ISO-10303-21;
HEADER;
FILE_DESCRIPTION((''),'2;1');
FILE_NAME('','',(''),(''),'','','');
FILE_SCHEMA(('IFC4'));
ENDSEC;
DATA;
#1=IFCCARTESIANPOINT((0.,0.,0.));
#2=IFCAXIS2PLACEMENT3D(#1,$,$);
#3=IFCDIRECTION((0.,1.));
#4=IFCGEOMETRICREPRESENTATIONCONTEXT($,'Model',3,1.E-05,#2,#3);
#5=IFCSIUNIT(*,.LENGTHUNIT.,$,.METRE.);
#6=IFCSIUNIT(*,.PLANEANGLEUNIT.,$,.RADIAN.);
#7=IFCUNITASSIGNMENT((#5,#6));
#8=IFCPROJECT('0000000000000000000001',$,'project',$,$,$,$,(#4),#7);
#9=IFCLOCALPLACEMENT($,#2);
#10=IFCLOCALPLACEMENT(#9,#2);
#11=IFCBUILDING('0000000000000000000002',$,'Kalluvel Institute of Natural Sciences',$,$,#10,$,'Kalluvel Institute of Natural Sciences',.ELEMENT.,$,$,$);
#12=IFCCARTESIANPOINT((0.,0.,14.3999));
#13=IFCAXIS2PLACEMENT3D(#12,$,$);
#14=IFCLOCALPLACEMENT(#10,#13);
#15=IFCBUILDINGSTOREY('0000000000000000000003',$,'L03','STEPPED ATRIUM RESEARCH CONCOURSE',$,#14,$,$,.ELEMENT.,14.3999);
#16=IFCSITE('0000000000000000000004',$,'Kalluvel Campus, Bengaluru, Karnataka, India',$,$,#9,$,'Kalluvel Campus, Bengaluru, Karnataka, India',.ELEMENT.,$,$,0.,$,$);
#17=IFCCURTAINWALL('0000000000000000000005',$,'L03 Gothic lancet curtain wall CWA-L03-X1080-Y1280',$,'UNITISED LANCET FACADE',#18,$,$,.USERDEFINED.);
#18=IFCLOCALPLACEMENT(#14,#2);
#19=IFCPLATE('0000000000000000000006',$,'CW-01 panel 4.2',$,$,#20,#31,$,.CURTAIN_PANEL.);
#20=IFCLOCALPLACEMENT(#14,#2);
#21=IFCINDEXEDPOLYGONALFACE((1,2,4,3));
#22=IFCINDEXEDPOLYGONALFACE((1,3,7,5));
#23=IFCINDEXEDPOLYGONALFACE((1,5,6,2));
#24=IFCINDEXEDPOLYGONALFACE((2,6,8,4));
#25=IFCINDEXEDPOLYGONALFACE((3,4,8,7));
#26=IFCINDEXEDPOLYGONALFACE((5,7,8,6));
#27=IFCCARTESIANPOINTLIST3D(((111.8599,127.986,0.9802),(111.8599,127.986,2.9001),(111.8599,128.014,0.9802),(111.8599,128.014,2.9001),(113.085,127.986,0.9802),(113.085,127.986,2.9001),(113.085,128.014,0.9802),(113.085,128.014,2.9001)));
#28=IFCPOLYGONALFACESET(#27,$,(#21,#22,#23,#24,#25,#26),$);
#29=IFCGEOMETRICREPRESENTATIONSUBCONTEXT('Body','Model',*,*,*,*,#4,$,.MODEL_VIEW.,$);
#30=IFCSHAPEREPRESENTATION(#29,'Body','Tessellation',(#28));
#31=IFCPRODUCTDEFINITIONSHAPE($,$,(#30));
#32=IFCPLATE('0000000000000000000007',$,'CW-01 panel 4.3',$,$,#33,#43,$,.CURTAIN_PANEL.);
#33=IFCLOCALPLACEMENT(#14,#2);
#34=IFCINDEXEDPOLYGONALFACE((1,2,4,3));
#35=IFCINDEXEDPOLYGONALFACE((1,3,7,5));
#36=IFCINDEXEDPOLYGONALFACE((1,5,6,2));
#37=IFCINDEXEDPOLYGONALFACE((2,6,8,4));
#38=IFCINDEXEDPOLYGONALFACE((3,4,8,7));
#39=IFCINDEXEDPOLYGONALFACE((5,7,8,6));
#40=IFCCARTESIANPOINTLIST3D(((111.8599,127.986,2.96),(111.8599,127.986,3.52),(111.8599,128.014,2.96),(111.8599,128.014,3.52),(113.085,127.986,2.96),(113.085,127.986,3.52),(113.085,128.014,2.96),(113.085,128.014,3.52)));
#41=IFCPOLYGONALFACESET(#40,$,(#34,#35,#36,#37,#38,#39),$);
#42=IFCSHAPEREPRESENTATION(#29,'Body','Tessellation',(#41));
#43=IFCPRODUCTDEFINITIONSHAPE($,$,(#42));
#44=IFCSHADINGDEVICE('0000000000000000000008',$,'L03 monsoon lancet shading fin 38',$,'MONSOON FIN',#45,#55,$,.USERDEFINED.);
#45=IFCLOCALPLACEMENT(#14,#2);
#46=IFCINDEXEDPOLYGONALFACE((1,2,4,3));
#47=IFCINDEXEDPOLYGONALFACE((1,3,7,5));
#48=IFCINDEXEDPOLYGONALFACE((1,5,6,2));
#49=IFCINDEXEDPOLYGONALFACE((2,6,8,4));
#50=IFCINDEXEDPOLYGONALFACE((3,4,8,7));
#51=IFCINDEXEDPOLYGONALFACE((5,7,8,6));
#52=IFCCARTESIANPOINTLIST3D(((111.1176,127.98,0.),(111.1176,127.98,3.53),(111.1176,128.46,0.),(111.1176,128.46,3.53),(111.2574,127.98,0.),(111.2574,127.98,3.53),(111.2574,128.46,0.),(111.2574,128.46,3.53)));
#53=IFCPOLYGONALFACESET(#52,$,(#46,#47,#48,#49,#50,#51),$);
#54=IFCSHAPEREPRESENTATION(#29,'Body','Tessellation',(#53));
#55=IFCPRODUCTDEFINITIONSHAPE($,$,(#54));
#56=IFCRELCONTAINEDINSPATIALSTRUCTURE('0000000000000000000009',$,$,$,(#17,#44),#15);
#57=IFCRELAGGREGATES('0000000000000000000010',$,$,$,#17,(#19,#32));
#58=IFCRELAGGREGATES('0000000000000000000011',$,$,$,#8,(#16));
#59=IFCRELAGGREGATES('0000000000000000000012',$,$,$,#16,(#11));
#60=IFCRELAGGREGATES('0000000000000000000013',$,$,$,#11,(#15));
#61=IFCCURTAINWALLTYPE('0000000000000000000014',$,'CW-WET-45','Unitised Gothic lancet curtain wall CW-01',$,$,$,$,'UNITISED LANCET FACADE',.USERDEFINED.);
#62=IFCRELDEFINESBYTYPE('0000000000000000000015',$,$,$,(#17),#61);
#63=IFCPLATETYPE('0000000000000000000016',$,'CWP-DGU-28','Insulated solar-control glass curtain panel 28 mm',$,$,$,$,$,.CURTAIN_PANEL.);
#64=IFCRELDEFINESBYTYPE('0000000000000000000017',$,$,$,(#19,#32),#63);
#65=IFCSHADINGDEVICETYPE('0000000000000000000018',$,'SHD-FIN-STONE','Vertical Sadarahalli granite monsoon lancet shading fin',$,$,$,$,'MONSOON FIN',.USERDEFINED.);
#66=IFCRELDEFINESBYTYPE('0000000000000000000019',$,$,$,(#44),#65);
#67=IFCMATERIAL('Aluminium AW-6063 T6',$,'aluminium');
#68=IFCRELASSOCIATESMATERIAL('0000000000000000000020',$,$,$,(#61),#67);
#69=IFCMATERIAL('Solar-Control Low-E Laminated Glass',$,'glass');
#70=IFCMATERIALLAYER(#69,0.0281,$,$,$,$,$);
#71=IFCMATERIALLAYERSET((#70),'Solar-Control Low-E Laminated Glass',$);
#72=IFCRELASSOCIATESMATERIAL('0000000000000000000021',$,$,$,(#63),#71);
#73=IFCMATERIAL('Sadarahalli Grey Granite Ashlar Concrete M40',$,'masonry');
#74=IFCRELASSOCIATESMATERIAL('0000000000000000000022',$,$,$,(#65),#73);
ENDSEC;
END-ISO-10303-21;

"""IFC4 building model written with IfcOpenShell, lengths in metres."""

from ifc_helpers import new_model, si_unit, direction, frame, origin, origin_2d, place, context, subcontext, project, spatial, rectangle, extrude, material, layer, layer_set, type_object, element, aggregate, save


model = new_model("IFC4")

# Units and contexts
model_context = context("Model", 3, precision=1e-05, world=origin(), true_north=direction((0.0, 1.0)))
body_context = subcontext(model_context, "Body", "Model", "MODEL_VIEW")
ifc_project = project(units=[si_unit("LENGTHUNIT", "METRE"), si_unit("PLANEANGLEUNIT", "RADIAN")], contexts=[model_context])

# Site, building, storey
site_placement = place(None, origin())
site = spatial("IfcSite", under=ifc_project, at=site_placement, Name="Kalluvel Campus, Bengaluru, Karnataka, India", LongName="Kalluvel Campus, Bengaluru, Karnataka, India", CompositionType="ELEMENT", RefElevation=0.0)
building_placement = place(site_placement, origin())
building = spatial("IfcBuilding", under=site, at=building_placement, Name="Kalluvel Institute of Natural Sciences", LongName="Kalluvel Institute of Natural Sciences", CompositionType="ELEMENT")
storey_placement = place(building_placement, frame((0.0, 0.0, 14.3999)))
storey = spatial("IfcBuildingStorey", under=building, at=storey_placement, Name="L03", Description="STEPPED ATRIUM RESEARCH CONCOURSE", CompositionType="ELEMENT", Elevation=14.3999)

# Curtain wall, plates
ifc_material_1 = material(Name="Aluminium AW-6063 T6", Category="aluminium")
curtain_wall_type = type_object("IfcCurtainWallType", Name="CW-WET-45", Description="Unitised Gothic lancet curtain wall CW-01", ElementType="UNITISED LANCET FACADE", PredefinedType="USERDEFINED", material=ifc_material_1)
curtain_wall_placement = place(storey_placement, origin())
curtain_wall = element("IfcCurtainWall", 1, at=curtain_wall_placement, inside=storey, type_object=curtain_wall_type, Name="L03 Gothic lancet curtain wall CWA-L03-X1080-Y1280", ObjectType="UNITISED LANCET FACADE", PredefinedType="USERDEFINED")
ifc_material_2 = material(Name="Solar-Control Low-E Laminated Glass", Category="glass")
ifc_layer = layer(ifc_material_2, 0.0281)
ifc_layer_set = layer_set([ifc_layer], Name="Solar-Control Low-E Laminated Glass")
plate_type = type_object("IfcPlateType", Name="CWP-DGU-28", Description="Insulated solar-control glass curtain panel 28 mm", PredefinedType="CURTAIN_PANEL", material=ifc_layer_set)
plate_1_placement = place(storey_placement, frame((112.4724, 128.0, 0.9802), z_axis=(0.0, 0.0, 1.0), x_axis=(1.0, 0.0, 0.0)))
plate_1 = element("IfcPlate", 2, at=plate_1_placement, type_object=plate_type, Name="CW-01 panel 4.2", PredefinedType="CURTAIN_PANEL", context=body_context, shape_type="SweptSolid", body=[
    extrude(rectangle(XDim=1.2251, YDim=0.0281, at=origin_2d()), origin(), (0.0, 0.0, 1.0), 1.9199),
])
plate_2_placement = place(storey_placement, frame((112.4724, 128.0, 2.96), z_axis=(0.0, 0.0, 1.0), x_axis=(1.0, 0.0, 0.0)))
plate_2 = element("IfcPlate", 3, at=plate_2_placement, type_object=plate_type, Name="CW-01 panel 4.3", PredefinedType="CURTAIN_PANEL", context=body_context, shape_type="SweptSolid", body=[
    extrude(rectangle(XDim=1.2251, YDim=0.0281, at=origin_2d()), origin(), (0.0, 0.0, 1.0), 0.5601),
])
aggregate(curtain_wall, [plate_1, plate_2])

# Shading device
ifc_material_3 = material(Name="Sadarahalli Grey Granite Ashlar Concrete M40", Category="masonry")
shading_device_type = type_object("IfcShadingDeviceType", Name="SHD-FIN-STONE", Description="Vertical Sadarahalli granite monsoon lancet shading fin", ElementType="MONSOON FIN", PredefinedType="USERDEFINED", material=ifc_material_3)
shading_device_placement = place(storey_placement, frame((111.1875, 128.22, 0.0), z_axis=(0.0, 0.0, 1.0), x_axis=(1.0, 0.0, 0.0)))
element("IfcShadingDevice", 4, at=shading_device_placement, inside=storey, type_object=shading_device_type, Name="L03 monsoon lancet shading fin 38", ObjectType="MONSOON FIN", PredefinedType="USERDEFINED", context=body_context, shape_type="SweptSolid", body=[
    extrude(rectangle(XDim=0.1399, YDim=0.48, at=origin_2d()), origin(), (0.0, 0.0, 1.0), 3.53),
])

save(model, "model.ifc")
